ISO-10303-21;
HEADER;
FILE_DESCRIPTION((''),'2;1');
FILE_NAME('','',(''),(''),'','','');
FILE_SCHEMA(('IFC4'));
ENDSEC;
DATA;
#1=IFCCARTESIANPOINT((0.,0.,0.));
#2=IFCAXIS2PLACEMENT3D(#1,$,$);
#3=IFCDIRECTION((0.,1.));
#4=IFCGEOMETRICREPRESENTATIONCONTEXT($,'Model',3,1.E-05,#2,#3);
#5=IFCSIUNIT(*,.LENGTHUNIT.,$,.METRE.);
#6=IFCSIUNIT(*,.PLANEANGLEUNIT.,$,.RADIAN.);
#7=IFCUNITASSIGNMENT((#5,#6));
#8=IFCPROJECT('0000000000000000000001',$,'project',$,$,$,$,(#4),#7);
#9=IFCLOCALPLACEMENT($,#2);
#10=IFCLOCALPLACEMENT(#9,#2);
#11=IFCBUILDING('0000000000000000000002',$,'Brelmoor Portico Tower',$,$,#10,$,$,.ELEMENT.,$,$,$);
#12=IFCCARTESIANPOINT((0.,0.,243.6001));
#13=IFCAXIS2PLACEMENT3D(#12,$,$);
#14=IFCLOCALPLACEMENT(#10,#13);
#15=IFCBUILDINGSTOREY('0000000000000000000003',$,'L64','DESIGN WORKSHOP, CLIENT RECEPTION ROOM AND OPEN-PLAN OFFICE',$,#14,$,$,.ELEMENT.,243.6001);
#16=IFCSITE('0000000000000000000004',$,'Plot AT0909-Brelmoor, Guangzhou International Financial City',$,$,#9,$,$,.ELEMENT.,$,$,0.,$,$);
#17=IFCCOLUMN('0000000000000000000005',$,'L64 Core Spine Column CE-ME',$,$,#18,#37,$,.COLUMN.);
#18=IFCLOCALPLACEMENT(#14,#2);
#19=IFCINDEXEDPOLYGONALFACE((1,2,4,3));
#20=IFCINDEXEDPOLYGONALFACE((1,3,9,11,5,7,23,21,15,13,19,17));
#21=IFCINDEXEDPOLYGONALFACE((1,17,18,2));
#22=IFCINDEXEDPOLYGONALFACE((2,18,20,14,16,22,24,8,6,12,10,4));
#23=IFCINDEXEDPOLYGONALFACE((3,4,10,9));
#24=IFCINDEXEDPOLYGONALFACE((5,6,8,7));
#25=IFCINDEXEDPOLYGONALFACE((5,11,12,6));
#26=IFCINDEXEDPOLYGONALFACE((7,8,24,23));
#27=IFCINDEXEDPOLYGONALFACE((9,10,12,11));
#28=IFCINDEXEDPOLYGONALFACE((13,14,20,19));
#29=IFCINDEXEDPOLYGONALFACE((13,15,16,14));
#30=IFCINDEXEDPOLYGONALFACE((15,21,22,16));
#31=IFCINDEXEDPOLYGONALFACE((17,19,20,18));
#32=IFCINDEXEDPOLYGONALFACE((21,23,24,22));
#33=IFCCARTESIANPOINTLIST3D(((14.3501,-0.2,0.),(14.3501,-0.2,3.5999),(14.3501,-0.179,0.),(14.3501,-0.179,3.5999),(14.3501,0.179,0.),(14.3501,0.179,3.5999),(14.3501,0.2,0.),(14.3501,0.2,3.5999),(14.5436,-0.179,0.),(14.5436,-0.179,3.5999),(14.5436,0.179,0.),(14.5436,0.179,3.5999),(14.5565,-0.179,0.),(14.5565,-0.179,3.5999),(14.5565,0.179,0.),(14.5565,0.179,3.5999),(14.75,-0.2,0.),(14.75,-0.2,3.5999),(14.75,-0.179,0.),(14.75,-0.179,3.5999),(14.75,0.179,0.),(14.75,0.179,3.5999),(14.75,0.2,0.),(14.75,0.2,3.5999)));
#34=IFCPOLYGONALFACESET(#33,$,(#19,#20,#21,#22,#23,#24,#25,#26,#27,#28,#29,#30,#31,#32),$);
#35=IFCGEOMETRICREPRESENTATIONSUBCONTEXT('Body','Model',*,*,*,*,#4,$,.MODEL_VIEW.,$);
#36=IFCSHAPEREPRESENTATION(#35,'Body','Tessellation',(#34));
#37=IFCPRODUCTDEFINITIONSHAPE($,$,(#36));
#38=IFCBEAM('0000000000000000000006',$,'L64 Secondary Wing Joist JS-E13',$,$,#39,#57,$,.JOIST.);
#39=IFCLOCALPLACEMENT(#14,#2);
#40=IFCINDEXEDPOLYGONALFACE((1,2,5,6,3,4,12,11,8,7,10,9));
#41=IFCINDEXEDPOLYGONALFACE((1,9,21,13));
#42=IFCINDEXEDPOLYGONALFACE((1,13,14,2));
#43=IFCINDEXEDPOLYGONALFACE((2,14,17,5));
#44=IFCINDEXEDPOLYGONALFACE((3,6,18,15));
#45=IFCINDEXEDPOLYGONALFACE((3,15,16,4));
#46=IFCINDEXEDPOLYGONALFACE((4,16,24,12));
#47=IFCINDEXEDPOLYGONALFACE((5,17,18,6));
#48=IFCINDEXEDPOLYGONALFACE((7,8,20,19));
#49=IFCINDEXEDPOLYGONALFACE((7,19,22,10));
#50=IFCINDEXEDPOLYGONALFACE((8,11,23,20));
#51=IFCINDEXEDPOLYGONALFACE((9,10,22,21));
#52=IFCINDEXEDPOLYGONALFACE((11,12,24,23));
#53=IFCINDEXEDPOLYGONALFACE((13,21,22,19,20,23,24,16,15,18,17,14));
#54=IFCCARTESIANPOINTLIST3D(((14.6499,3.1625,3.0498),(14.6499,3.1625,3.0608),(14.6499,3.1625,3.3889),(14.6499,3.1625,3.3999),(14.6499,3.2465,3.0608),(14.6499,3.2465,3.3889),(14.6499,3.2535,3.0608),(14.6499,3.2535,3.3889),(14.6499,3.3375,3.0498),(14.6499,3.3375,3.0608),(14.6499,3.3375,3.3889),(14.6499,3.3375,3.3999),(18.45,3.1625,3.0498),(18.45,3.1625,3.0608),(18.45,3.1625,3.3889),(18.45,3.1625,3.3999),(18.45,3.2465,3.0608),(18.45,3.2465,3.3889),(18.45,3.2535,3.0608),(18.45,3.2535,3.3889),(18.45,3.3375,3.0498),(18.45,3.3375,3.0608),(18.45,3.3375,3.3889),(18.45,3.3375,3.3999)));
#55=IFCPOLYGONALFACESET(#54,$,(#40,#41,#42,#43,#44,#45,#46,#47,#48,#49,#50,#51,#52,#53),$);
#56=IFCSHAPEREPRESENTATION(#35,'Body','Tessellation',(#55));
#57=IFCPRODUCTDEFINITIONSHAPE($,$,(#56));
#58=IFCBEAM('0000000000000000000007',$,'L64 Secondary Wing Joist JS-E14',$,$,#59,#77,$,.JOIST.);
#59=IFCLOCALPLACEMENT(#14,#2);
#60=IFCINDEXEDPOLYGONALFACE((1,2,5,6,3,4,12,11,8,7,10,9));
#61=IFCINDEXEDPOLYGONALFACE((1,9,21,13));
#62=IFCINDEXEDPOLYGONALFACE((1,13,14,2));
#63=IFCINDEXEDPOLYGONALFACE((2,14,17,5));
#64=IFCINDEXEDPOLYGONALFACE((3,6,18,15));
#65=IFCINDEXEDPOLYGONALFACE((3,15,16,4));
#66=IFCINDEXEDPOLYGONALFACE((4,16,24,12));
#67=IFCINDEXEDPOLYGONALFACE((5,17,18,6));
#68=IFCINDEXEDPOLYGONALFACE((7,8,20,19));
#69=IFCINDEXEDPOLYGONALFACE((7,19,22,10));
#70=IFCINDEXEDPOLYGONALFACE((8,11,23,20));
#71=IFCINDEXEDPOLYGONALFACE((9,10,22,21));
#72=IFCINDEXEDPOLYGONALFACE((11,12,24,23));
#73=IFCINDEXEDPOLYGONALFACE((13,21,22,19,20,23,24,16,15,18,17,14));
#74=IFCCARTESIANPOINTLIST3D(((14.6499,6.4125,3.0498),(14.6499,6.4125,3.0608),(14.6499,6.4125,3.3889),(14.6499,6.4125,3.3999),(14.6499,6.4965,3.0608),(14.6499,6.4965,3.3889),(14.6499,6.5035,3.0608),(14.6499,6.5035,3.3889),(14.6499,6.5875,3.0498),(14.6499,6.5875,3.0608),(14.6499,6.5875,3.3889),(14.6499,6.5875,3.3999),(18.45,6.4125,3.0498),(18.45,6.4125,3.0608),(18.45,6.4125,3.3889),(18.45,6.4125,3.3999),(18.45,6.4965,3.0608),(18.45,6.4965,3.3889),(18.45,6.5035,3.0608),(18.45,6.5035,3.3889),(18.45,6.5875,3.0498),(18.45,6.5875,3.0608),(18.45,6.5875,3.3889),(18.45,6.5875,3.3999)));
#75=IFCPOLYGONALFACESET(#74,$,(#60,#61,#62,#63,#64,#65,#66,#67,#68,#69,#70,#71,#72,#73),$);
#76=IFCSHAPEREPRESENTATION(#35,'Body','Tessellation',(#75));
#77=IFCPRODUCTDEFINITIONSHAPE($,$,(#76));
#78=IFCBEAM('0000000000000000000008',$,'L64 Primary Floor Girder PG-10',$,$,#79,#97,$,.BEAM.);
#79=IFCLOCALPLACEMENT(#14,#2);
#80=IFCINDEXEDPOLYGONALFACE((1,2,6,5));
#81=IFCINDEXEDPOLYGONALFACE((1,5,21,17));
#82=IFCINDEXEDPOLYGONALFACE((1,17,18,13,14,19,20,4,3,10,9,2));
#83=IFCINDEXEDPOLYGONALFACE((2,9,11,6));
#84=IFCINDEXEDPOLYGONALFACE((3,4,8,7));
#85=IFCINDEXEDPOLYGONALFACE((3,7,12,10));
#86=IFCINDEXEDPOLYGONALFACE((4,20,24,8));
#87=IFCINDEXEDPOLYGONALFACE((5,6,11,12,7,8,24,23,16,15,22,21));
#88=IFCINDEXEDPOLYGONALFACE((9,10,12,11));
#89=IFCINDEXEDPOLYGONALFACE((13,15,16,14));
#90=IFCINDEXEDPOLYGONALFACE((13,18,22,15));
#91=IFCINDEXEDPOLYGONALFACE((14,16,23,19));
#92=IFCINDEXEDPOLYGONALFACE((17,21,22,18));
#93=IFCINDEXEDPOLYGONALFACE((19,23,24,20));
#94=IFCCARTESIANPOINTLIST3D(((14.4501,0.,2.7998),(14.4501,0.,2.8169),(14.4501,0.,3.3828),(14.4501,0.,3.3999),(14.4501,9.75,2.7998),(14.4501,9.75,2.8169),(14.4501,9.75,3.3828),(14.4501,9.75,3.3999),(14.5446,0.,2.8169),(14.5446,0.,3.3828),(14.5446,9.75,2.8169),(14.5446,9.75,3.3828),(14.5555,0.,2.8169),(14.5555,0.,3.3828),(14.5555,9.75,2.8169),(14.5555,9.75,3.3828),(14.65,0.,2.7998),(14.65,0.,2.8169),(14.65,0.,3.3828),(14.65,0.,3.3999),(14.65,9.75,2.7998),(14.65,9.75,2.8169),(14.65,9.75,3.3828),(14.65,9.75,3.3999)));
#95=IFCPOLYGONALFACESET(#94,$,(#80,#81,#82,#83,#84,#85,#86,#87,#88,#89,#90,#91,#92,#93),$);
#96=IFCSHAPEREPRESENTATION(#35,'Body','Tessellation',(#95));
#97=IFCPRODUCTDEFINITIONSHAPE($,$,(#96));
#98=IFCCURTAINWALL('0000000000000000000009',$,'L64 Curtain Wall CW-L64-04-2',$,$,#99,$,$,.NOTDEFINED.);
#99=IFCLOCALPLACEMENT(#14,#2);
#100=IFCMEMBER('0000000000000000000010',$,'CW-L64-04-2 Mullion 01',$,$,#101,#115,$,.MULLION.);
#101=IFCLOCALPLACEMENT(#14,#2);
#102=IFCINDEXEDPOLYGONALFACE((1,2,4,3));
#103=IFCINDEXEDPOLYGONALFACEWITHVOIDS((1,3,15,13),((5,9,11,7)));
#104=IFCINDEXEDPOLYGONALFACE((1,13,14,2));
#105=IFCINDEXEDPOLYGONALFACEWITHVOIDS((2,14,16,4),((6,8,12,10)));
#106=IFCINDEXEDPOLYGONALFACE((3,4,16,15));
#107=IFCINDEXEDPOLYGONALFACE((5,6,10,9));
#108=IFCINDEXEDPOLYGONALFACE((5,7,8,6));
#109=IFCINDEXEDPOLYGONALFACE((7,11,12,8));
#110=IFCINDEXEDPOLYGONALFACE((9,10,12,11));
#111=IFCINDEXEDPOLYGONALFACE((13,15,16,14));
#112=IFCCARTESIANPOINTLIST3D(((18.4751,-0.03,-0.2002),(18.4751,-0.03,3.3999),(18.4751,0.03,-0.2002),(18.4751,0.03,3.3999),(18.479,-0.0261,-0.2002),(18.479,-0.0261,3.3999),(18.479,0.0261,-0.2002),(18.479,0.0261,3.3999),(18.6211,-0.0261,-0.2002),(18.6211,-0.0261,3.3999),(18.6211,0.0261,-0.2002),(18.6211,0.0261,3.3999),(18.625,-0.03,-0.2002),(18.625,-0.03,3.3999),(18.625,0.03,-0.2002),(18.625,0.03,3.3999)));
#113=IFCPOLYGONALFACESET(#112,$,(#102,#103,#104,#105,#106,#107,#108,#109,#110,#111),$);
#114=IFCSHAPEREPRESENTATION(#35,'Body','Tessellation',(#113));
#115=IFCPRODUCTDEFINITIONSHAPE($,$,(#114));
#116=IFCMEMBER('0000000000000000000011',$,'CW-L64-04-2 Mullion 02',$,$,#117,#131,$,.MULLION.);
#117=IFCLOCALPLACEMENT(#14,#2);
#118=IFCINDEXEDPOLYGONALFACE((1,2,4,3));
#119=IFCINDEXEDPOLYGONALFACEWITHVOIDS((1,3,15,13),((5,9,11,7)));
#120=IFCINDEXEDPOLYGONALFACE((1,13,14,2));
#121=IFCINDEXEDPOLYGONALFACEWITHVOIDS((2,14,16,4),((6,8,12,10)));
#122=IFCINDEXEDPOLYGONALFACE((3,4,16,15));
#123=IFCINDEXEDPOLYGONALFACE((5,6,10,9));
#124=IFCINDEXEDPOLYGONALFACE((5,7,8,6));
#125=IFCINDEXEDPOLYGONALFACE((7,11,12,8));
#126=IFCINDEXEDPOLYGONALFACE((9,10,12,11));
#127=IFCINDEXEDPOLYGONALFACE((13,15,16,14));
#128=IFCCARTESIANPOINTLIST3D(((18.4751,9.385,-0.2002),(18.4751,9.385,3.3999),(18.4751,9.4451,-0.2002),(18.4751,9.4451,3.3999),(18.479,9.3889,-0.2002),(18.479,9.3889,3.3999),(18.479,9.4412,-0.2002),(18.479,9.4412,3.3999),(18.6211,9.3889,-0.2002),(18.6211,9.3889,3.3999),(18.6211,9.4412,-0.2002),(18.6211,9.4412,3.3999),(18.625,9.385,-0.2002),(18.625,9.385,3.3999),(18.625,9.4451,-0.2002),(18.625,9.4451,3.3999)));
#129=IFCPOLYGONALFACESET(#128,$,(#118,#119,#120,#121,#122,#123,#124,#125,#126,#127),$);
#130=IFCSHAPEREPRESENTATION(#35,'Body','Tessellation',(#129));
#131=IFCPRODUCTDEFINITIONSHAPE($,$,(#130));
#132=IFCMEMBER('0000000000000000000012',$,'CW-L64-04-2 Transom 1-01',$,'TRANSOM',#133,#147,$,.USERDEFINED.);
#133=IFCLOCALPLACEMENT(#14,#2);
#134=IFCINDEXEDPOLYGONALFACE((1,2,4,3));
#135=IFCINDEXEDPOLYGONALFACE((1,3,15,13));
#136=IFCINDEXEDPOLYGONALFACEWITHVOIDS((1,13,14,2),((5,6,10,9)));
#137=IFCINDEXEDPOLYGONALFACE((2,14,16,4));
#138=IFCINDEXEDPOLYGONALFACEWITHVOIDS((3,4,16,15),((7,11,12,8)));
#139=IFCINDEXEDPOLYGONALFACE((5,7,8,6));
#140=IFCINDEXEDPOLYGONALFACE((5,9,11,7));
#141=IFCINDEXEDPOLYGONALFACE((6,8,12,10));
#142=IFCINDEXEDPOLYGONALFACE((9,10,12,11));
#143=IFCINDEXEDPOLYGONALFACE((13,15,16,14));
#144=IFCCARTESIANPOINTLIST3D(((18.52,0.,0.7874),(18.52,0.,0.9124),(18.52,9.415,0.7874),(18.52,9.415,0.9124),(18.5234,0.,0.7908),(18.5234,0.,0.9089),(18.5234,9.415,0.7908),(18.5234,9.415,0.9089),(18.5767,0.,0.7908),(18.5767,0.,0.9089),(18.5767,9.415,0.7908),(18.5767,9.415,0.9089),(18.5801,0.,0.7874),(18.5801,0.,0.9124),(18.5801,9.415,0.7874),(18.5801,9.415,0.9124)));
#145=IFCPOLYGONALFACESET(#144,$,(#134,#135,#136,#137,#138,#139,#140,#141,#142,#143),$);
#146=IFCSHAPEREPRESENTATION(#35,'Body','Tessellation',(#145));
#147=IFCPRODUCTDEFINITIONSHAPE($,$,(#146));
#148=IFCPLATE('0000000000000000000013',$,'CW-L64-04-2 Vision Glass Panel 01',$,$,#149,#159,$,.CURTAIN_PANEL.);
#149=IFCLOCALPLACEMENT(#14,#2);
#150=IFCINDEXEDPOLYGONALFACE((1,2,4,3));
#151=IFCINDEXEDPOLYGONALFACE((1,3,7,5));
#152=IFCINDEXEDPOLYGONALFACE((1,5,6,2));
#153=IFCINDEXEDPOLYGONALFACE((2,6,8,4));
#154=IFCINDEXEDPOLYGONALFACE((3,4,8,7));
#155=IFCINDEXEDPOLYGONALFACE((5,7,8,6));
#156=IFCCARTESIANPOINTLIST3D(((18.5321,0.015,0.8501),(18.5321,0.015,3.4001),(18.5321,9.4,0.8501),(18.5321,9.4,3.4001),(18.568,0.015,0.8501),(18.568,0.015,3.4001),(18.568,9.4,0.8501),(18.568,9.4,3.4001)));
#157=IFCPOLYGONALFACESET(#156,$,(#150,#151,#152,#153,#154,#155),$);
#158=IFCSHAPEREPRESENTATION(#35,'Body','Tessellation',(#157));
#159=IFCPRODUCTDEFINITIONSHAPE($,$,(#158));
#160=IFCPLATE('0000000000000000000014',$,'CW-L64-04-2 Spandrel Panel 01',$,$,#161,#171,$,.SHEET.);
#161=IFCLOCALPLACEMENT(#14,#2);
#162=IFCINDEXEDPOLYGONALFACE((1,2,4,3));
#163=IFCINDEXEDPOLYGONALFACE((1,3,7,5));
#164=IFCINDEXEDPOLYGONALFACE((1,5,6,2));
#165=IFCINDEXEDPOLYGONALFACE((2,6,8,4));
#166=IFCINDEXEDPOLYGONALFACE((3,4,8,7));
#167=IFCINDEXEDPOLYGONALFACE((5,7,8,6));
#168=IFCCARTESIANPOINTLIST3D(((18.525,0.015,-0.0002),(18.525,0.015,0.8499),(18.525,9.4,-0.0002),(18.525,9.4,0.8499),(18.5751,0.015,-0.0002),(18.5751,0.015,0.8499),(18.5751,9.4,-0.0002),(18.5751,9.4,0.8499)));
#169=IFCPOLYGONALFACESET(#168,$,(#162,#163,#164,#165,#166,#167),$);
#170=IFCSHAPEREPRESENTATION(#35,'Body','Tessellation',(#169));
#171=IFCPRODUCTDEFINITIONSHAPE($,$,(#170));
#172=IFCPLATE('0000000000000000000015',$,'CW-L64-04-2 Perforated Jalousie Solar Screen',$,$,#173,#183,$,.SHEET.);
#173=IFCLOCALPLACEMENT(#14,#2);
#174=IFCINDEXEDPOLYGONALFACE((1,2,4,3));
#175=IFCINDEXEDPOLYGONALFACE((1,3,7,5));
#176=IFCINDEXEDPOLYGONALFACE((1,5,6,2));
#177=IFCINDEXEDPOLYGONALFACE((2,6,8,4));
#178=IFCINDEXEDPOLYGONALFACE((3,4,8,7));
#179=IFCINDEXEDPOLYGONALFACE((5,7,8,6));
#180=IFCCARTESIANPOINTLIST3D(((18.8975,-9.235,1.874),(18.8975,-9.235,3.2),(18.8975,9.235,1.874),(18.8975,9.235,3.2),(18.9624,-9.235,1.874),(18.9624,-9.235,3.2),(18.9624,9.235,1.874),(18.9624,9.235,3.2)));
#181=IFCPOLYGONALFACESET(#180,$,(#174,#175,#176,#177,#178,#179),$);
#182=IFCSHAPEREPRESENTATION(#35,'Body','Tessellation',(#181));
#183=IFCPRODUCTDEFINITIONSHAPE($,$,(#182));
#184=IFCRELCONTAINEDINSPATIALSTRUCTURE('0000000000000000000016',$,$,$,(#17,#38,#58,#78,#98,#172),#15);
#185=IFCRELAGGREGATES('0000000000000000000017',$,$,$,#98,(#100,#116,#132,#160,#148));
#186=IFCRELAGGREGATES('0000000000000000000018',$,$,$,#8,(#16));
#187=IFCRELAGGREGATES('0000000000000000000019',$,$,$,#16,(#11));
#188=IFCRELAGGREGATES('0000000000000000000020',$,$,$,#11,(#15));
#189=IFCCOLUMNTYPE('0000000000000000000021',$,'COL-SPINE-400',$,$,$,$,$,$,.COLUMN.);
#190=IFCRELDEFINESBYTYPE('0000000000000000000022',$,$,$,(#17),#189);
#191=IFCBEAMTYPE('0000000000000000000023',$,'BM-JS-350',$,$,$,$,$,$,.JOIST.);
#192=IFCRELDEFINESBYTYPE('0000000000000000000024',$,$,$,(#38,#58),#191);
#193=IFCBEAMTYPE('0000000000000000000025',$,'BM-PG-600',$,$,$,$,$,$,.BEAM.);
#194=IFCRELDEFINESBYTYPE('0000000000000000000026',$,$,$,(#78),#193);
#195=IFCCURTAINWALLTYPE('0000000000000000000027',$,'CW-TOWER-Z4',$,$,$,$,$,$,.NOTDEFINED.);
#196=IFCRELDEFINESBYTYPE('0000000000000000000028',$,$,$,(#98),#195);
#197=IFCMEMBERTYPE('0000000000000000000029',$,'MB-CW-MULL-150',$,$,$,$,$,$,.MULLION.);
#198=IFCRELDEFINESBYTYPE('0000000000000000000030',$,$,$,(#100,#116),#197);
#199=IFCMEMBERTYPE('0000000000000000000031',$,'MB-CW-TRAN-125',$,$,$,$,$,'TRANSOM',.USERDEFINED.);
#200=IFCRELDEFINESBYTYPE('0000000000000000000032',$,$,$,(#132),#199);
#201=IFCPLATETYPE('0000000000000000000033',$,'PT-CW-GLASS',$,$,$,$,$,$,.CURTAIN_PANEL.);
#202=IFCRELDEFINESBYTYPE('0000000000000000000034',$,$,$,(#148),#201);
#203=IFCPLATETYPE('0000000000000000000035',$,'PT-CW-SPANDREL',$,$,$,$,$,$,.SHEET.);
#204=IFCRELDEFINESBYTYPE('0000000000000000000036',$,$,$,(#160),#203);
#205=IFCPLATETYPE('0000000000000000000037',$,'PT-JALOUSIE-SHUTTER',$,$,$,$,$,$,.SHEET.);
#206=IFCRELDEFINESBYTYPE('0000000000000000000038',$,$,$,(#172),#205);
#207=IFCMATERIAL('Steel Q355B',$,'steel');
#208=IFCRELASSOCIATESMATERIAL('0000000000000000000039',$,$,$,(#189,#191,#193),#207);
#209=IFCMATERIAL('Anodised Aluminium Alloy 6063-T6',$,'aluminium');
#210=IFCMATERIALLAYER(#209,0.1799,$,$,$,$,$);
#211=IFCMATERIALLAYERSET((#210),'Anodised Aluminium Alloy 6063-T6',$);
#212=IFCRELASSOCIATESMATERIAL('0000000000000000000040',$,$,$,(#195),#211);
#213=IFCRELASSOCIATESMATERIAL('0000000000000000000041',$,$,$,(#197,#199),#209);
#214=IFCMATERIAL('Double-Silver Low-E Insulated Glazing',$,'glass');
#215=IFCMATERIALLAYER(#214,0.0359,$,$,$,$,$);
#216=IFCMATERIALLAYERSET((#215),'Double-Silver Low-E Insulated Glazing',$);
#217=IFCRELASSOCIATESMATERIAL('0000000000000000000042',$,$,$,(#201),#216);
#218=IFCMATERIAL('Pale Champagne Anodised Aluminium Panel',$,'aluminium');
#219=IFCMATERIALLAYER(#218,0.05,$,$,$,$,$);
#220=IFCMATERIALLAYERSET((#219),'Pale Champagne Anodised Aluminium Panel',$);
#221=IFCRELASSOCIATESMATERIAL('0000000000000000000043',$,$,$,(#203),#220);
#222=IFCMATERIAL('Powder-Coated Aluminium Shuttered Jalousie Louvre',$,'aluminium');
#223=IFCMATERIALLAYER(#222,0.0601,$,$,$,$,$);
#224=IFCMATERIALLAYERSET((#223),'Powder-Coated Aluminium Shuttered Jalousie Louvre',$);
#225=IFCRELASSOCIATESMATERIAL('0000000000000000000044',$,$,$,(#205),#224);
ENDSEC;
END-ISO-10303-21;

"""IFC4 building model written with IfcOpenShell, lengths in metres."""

from ifc_helpers import new_model, si_unit, direction, frame, origin, origin_2d, place, context, subcontext, project, spatial, rectangle, hollow_rectangle, i_section, extrude, material, layer, layer_set, material_profile, profile_set, type_object, element, aggregate, save


model = new_model("IFC4")

# Units and contexts
model_context = context("Model", 3, precision=1e-05, world=origin(), true_north=direction((0.0, 1.0)))
body_context = subcontext(model_context, "Body", "Model", "MODEL_VIEW")
ifc_project = project(units=[si_unit("LENGTHUNIT", "METRE"), si_unit("PLANEANGLEUNIT", "RADIAN")], contexts=[model_context])

# Site, building, storey
site_placement = place(None, origin())
site = spatial("IfcSite", under=ifc_project, at=site_placement, Name="Plot AT0909-Brelmoor, Guangzhou International Financial City", CompositionType="ELEMENT", RefElevation=0.0)
building_placement = place(site_placement, origin())
building = spatial("IfcBuilding", under=site, at=building_placement, Name="Brelmoor Portico Tower", CompositionType="ELEMENT")
storey_placement = place(building_placement, frame((0.0, 0.0, 243.6001)))
storey = spatial("IfcBuildingStorey", under=building, at=storey_placement, Name="L64", Description="DESIGN WORKSHOP, CLIENT RECEPTION ROOM AND OPEN-PLAN OFFICE", CompositionType="ELEMENT", Elevation=243.6001)

# Column
ifc_material_1 = material(Name="Steel Q355B", Category="steel")
ifc_material_profile_1 = material_profile(ifc_material_1, i_section(OverallWidth=0.3999, OverallDepth=0.3999, WebThickness=0.0129, FlangeThickness=0.021, at=origin_2d()), Name="HW 400x400x13x21")
ifc_profile_set_1 = profile_set([ifc_material_profile_1], Name="Steel Q355B")
column_type = type_object("IfcColumnType", Name="COL-SPINE-400", PredefinedType="COLUMN", material=ifc_profile_set_1)
column_placement = place(storey_placement, frame((14.55, 0.0, 0.0), z_axis=(0.0, 0.0, 1.0), x_axis=(1.0, 0.0, 0.0)))
element("IfcColumn", 1, at=column_placement, inside=storey, type_object=column_type, Name="L64 Core Spine Column CE-ME", PredefinedType="COLUMN", context=body_context, shape_type="SweptSolid", body=[
    extrude(i_section(OverallWidth=0.3999, OverallDepth=0.3999, WebThickness=0.0129, FlangeThickness=0.021, at=origin_2d()), origin(), (0.0, 0.0, 1.0), 3.5999),
])

# Beams
ifc_material_profile_2 = material_profile(ifc_material_1, i_section(OverallWidth=0.175, OverallDepth=0.3501, WebThickness=0.0071, FlangeThickness=0.011, at=origin_2d()), Name="HN 350x175x7x11")
ifc_profile_set_2 = profile_set([ifc_material_profile_2], Name="Steel Q355B")
beam_type_1 = type_object("IfcBeamType", Name="BM-JS-350", PredefinedType="JOIST", material=ifc_profile_set_2)
for number, where, z_axis, x_axis, name in (
    (2, (14.6499, 3.25, 3.2249), (1.0, 0.0, 0.0), (0.0, 1.0, 0.0), "L64 Secondary Wing Joist JS-E13"),
    (3, (14.6499, 6.5, 3.2249), (1.0, 0.0, 0.0), (0.0, 1.0, 0.0), "L64 Secondary Wing Joist JS-E14"),
):
    element("IfcBeam", number, at=place(storey_placement, frame(where, z_axis=z_axis, x_axis=x_axis)), inside=storey, type_object=beam_type_1, Name=name, PredefinedType="JOIST", context=body_context, shape_type="SweptSolid", body=[
        extrude(i_section(OverallWidth=0.175, OverallDepth=0.3501, WebThickness=0.0071, FlangeThickness=0.011, at=origin_2d()), origin(), (0.0, 0.0, 1.0), 3.8),
    ])
ifc_material_profile_3 = material_profile(ifc_material_1, i_section(OverallWidth=0.2, OverallDepth=0.6001, WebThickness=0.011, FlangeThickness=0.0171, at=origin_2d()), Name="HN 600x200x11x17")
ifc_profile_set_3 = profile_set([ifc_material_profile_3], Name="Steel Q355B")
beam_type_2 = type_object("IfcBeamType", Name="BM-PG-600", PredefinedType="BEAM", material=ifc_profile_set_3)
beam_placement = place(storey_placement, frame((14.55, 0.0, 3.0999), z_axis=(0.0, 1.0, 0.0), x_axis=(-1.0, 0.0, 0.0)))
element("IfcBeam", 4, at=beam_placement, inside=storey, type_object=beam_type_2, Name="L64 Primary Floor Girder PG-10", PredefinedType="BEAM", context=body_context, shape_type="SweptSolid", body=[
    extrude(i_section(OverallWidth=0.2, OverallDepth=0.6001, WebThickness=0.011, FlangeThickness=0.0171, at=origin_2d()), origin(), (0.0, 0.0, 1.0), 9.75),
])

# Curtain wall, members, plates
ifc_material_2 = material(Name="Anodised Aluminium Alloy 6063-T6", Category="aluminium")
ifc_layer_1 = layer(ifc_material_2, 0.1799)
ifc_layer_set_1 = layer_set([ifc_layer_1], Name="Anodised Aluminium Alloy 6063-T6")
curtain_wall_type = type_object("IfcCurtainWallType", Name="CW-TOWER-Z4", PredefinedType="NOTDEFINED", material=ifc_layer_set_1)
curtain_wall_placement = place(storey_placement, origin())
curtain_wall = element("IfcCurtainWall", 5, at=curtain_wall_placement, inside=storey, type_object=curtain_wall_type, Name="L64 Curtain Wall CW-L64-04-2", PredefinedType="NOTDEFINED")
ifc_material_profile_4 = material_profile(ifc_material_2, hollow_rectangle(XDim=0.0601, YDim=0.1499, WallThickness=0.0039, at=origin_2d()), Name="ALU MULLION 60x150")
ifc_profile_set_4 = profile_set([ifc_material_profile_4], Name="Anodised Aluminium Alloy 6063-T6")
member_type_1 = type_object("IfcMemberType", Name="MB-CW-MULL-150", PredefinedType="MULLION", material=ifc_profile_set_4)
member_1_placement = place(storey_placement, frame((18.55, 0.0, -0.2002), z_axis=(0.0, 0.0, 1.0), x_axis=(0.0, 1.0, 0.0)))
member_1 = element("IfcMember", 6, at=member_1_placement, type_object=member_type_1, Name="CW-L64-04-2 Mullion 01", PredefinedType="MULLION", context=body_context, shape_type="SweptSolid", body=[
    extrude(hollow_rectangle(XDim=0.0601, YDim=0.1499, WallThickness=0.0039, at=origin_2d()), origin(), (0.0, 0.0, 1.0), 3.6001),
])
member_2_placement = place(storey_placement, frame((18.55, 9.415, -0.2002), z_axis=(0.0, 0.0, 1.0), x_axis=(0.0, 1.0, 0.0)))
member_2 = element("IfcMember", 7, at=member_2_placement, type_object=member_type_1, Name="CW-L64-04-2 Mullion 02", PredefinedType="MULLION", context=body_context, shape_type="SweptSolid", body=[
    extrude(hollow_rectangle(XDim=0.0601, YDim=0.1499, WallThickness=0.0039, at=origin_2d()), origin(), (0.0, 0.0, 1.0), 3.6001),
])
ifc_material_profile_5 = material_profile(ifc_material_2, hollow_rectangle(XDim=0.0601, YDim=0.125, WallThickness=0.0034, at=origin_2d()), Name="ALU TRANSOM 60x125")
ifc_profile_set_5 = profile_set([ifc_material_profile_5], Name="Anodised Aluminium Alloy 6063-T6")
member_type_2 = type_object("IfcMemberType", Name="MB-CW-TRAN-125", ElementType="TRANSOM", PredefinedType="USERDEFINED", material=ifc_profile_set_5)
member_3_placement = place(storey_placement, frame((18.55, 0.0, 0.8499), z_axis=(0.0, 1.0, 0.0), x_axis=(-1.0, 0.0, 0.0)))
member_3 = element("IfcMember", 8, at=member_3_placement, type_object=member_type_2, Name="CW-L64-04-2 Transom 1-01", ObjectType="TRANSOM", PredefinedType="USERDEFINED", context=body_context, shape_type="SweptSolid", body=[
    extrude(hollow_rectangle(XDim=0.0601, YDim=0.125, WallThickness=0.0034, at=origin_2d()), origin(), (0.0, 0.0, 1.0), 9.415),
])
ifc_material_3 = material(Name="Double-Silver Low-E Insulated Glazing", Category="glass")
ifc_layer_2 = layer(ifc_material_3, 0.0359)
ifc_layer_set_2 = layer_set([ifc_layer_2], Name="Double-Silver Low-E Insulated Glazing")
plate_type_1 = type_object("IfcPlateType", Name="PT-CW-GLASS", PredefinedType="CURTAIN_PANEL", material=ifc_layer_set_2)
plate_1_placement = place(storey_placement, frame((18.55, 4.7075, 0.8501), z_axis=(0.0, 0.0, 1.0), x_axis=(0.0, 1.0, 0.0)))
plate_1 = element("IfcPlate", 9, at=plate_1_placement, type_object=plate_type_1, Name="CW-L64-04-2 Vision Glass Panel 01", PredefinedType="CURTAIN_PANEL", context=body_context, shape_type="SweptSolid", body=[
    extrude(rectangle(XDim=9.385, YDim=0.0359, at=origin_2d()), origin(), (0.0, 0.0, 1.0), 2.55),
])
ifc_material_4 = material(Name="Pale Champagne Anodised Aluminium Panel", Category="aluminium")
ifc_layer_3 = layer(ifc_material_4, 0.05)
ifc_layer_set_3 = layer_set([ifc_layer_3], Name="Pale Champagne Anodised Aluminium Panel")
plate_type_2 = type_object("IfcPlateType", Name="PT-CW-SPANDREL", PredefinedType="SHEET", material=ifc_layer_set_3)
plate_2_placement = place(storey_placement, frame((18.55, 4.7075, -0.0002), z_axis=(0.0, 0.0, 1.0), x_axis=(0.0, 1.0, 0.0)))
plate_2 = element("IfcPlate", 10, at=plate_2_placement, type_object=plate_type_2, Name="CW-L64-04-2 Spandrel Panel 01", PredefinedType="SHEET", context=body_context, shape_type="SweptSolid", body=[
    extrude(rectangle(XDim=9.385, YDim=0.05, at=origin_2d()), origin(), (0.0, 0.0, 1.0), 0.8501),
])
aggregate(curtain_wall, [member_1, member_2, member_3, plate_2, plate_1])

# Plate
ifc_material_5 = material(Name="Powder-Coated Aluminium Shuttered Jalousie Louvre", Category="aluminium")
ifc_layer_4 = layer(ifc_material_5, 0.0601)
ifc_layer_set_4 = layer_set([ifc_layer_4], Name="Powder-Coated Aluminium Shuttered Jalousie Louvre")
plate_type_3 = type_object("IfcPlateType", Name="PT-JALOUSIE-SHUTTER", PredefinedType="SHEET", material=ifc_layer_set_4)
plate_3_placement = place(storey_placement, frame((18.9299, 0.0, 1.874), z_axis=(0.0, 0.0, 1.0), x_axis=(0.0, 1.0, 0.0)))
element("IfcPlate", 11, at=plate_3_placement, inside=storey, type_object=plate_type_3, Name="CW-L64-04-2 Perforated Jalousie Solar Screen", PredefinedType="SHEET", context=body_context, shape_type="SweptSolid", body=[
    extrude(rectangle(XDim=18.47, YDim=0.0649, at=origin_2d()), origin(), (0.0, 0.0, 1.0), 1.3259),
])

save(model, "model.ifc")
